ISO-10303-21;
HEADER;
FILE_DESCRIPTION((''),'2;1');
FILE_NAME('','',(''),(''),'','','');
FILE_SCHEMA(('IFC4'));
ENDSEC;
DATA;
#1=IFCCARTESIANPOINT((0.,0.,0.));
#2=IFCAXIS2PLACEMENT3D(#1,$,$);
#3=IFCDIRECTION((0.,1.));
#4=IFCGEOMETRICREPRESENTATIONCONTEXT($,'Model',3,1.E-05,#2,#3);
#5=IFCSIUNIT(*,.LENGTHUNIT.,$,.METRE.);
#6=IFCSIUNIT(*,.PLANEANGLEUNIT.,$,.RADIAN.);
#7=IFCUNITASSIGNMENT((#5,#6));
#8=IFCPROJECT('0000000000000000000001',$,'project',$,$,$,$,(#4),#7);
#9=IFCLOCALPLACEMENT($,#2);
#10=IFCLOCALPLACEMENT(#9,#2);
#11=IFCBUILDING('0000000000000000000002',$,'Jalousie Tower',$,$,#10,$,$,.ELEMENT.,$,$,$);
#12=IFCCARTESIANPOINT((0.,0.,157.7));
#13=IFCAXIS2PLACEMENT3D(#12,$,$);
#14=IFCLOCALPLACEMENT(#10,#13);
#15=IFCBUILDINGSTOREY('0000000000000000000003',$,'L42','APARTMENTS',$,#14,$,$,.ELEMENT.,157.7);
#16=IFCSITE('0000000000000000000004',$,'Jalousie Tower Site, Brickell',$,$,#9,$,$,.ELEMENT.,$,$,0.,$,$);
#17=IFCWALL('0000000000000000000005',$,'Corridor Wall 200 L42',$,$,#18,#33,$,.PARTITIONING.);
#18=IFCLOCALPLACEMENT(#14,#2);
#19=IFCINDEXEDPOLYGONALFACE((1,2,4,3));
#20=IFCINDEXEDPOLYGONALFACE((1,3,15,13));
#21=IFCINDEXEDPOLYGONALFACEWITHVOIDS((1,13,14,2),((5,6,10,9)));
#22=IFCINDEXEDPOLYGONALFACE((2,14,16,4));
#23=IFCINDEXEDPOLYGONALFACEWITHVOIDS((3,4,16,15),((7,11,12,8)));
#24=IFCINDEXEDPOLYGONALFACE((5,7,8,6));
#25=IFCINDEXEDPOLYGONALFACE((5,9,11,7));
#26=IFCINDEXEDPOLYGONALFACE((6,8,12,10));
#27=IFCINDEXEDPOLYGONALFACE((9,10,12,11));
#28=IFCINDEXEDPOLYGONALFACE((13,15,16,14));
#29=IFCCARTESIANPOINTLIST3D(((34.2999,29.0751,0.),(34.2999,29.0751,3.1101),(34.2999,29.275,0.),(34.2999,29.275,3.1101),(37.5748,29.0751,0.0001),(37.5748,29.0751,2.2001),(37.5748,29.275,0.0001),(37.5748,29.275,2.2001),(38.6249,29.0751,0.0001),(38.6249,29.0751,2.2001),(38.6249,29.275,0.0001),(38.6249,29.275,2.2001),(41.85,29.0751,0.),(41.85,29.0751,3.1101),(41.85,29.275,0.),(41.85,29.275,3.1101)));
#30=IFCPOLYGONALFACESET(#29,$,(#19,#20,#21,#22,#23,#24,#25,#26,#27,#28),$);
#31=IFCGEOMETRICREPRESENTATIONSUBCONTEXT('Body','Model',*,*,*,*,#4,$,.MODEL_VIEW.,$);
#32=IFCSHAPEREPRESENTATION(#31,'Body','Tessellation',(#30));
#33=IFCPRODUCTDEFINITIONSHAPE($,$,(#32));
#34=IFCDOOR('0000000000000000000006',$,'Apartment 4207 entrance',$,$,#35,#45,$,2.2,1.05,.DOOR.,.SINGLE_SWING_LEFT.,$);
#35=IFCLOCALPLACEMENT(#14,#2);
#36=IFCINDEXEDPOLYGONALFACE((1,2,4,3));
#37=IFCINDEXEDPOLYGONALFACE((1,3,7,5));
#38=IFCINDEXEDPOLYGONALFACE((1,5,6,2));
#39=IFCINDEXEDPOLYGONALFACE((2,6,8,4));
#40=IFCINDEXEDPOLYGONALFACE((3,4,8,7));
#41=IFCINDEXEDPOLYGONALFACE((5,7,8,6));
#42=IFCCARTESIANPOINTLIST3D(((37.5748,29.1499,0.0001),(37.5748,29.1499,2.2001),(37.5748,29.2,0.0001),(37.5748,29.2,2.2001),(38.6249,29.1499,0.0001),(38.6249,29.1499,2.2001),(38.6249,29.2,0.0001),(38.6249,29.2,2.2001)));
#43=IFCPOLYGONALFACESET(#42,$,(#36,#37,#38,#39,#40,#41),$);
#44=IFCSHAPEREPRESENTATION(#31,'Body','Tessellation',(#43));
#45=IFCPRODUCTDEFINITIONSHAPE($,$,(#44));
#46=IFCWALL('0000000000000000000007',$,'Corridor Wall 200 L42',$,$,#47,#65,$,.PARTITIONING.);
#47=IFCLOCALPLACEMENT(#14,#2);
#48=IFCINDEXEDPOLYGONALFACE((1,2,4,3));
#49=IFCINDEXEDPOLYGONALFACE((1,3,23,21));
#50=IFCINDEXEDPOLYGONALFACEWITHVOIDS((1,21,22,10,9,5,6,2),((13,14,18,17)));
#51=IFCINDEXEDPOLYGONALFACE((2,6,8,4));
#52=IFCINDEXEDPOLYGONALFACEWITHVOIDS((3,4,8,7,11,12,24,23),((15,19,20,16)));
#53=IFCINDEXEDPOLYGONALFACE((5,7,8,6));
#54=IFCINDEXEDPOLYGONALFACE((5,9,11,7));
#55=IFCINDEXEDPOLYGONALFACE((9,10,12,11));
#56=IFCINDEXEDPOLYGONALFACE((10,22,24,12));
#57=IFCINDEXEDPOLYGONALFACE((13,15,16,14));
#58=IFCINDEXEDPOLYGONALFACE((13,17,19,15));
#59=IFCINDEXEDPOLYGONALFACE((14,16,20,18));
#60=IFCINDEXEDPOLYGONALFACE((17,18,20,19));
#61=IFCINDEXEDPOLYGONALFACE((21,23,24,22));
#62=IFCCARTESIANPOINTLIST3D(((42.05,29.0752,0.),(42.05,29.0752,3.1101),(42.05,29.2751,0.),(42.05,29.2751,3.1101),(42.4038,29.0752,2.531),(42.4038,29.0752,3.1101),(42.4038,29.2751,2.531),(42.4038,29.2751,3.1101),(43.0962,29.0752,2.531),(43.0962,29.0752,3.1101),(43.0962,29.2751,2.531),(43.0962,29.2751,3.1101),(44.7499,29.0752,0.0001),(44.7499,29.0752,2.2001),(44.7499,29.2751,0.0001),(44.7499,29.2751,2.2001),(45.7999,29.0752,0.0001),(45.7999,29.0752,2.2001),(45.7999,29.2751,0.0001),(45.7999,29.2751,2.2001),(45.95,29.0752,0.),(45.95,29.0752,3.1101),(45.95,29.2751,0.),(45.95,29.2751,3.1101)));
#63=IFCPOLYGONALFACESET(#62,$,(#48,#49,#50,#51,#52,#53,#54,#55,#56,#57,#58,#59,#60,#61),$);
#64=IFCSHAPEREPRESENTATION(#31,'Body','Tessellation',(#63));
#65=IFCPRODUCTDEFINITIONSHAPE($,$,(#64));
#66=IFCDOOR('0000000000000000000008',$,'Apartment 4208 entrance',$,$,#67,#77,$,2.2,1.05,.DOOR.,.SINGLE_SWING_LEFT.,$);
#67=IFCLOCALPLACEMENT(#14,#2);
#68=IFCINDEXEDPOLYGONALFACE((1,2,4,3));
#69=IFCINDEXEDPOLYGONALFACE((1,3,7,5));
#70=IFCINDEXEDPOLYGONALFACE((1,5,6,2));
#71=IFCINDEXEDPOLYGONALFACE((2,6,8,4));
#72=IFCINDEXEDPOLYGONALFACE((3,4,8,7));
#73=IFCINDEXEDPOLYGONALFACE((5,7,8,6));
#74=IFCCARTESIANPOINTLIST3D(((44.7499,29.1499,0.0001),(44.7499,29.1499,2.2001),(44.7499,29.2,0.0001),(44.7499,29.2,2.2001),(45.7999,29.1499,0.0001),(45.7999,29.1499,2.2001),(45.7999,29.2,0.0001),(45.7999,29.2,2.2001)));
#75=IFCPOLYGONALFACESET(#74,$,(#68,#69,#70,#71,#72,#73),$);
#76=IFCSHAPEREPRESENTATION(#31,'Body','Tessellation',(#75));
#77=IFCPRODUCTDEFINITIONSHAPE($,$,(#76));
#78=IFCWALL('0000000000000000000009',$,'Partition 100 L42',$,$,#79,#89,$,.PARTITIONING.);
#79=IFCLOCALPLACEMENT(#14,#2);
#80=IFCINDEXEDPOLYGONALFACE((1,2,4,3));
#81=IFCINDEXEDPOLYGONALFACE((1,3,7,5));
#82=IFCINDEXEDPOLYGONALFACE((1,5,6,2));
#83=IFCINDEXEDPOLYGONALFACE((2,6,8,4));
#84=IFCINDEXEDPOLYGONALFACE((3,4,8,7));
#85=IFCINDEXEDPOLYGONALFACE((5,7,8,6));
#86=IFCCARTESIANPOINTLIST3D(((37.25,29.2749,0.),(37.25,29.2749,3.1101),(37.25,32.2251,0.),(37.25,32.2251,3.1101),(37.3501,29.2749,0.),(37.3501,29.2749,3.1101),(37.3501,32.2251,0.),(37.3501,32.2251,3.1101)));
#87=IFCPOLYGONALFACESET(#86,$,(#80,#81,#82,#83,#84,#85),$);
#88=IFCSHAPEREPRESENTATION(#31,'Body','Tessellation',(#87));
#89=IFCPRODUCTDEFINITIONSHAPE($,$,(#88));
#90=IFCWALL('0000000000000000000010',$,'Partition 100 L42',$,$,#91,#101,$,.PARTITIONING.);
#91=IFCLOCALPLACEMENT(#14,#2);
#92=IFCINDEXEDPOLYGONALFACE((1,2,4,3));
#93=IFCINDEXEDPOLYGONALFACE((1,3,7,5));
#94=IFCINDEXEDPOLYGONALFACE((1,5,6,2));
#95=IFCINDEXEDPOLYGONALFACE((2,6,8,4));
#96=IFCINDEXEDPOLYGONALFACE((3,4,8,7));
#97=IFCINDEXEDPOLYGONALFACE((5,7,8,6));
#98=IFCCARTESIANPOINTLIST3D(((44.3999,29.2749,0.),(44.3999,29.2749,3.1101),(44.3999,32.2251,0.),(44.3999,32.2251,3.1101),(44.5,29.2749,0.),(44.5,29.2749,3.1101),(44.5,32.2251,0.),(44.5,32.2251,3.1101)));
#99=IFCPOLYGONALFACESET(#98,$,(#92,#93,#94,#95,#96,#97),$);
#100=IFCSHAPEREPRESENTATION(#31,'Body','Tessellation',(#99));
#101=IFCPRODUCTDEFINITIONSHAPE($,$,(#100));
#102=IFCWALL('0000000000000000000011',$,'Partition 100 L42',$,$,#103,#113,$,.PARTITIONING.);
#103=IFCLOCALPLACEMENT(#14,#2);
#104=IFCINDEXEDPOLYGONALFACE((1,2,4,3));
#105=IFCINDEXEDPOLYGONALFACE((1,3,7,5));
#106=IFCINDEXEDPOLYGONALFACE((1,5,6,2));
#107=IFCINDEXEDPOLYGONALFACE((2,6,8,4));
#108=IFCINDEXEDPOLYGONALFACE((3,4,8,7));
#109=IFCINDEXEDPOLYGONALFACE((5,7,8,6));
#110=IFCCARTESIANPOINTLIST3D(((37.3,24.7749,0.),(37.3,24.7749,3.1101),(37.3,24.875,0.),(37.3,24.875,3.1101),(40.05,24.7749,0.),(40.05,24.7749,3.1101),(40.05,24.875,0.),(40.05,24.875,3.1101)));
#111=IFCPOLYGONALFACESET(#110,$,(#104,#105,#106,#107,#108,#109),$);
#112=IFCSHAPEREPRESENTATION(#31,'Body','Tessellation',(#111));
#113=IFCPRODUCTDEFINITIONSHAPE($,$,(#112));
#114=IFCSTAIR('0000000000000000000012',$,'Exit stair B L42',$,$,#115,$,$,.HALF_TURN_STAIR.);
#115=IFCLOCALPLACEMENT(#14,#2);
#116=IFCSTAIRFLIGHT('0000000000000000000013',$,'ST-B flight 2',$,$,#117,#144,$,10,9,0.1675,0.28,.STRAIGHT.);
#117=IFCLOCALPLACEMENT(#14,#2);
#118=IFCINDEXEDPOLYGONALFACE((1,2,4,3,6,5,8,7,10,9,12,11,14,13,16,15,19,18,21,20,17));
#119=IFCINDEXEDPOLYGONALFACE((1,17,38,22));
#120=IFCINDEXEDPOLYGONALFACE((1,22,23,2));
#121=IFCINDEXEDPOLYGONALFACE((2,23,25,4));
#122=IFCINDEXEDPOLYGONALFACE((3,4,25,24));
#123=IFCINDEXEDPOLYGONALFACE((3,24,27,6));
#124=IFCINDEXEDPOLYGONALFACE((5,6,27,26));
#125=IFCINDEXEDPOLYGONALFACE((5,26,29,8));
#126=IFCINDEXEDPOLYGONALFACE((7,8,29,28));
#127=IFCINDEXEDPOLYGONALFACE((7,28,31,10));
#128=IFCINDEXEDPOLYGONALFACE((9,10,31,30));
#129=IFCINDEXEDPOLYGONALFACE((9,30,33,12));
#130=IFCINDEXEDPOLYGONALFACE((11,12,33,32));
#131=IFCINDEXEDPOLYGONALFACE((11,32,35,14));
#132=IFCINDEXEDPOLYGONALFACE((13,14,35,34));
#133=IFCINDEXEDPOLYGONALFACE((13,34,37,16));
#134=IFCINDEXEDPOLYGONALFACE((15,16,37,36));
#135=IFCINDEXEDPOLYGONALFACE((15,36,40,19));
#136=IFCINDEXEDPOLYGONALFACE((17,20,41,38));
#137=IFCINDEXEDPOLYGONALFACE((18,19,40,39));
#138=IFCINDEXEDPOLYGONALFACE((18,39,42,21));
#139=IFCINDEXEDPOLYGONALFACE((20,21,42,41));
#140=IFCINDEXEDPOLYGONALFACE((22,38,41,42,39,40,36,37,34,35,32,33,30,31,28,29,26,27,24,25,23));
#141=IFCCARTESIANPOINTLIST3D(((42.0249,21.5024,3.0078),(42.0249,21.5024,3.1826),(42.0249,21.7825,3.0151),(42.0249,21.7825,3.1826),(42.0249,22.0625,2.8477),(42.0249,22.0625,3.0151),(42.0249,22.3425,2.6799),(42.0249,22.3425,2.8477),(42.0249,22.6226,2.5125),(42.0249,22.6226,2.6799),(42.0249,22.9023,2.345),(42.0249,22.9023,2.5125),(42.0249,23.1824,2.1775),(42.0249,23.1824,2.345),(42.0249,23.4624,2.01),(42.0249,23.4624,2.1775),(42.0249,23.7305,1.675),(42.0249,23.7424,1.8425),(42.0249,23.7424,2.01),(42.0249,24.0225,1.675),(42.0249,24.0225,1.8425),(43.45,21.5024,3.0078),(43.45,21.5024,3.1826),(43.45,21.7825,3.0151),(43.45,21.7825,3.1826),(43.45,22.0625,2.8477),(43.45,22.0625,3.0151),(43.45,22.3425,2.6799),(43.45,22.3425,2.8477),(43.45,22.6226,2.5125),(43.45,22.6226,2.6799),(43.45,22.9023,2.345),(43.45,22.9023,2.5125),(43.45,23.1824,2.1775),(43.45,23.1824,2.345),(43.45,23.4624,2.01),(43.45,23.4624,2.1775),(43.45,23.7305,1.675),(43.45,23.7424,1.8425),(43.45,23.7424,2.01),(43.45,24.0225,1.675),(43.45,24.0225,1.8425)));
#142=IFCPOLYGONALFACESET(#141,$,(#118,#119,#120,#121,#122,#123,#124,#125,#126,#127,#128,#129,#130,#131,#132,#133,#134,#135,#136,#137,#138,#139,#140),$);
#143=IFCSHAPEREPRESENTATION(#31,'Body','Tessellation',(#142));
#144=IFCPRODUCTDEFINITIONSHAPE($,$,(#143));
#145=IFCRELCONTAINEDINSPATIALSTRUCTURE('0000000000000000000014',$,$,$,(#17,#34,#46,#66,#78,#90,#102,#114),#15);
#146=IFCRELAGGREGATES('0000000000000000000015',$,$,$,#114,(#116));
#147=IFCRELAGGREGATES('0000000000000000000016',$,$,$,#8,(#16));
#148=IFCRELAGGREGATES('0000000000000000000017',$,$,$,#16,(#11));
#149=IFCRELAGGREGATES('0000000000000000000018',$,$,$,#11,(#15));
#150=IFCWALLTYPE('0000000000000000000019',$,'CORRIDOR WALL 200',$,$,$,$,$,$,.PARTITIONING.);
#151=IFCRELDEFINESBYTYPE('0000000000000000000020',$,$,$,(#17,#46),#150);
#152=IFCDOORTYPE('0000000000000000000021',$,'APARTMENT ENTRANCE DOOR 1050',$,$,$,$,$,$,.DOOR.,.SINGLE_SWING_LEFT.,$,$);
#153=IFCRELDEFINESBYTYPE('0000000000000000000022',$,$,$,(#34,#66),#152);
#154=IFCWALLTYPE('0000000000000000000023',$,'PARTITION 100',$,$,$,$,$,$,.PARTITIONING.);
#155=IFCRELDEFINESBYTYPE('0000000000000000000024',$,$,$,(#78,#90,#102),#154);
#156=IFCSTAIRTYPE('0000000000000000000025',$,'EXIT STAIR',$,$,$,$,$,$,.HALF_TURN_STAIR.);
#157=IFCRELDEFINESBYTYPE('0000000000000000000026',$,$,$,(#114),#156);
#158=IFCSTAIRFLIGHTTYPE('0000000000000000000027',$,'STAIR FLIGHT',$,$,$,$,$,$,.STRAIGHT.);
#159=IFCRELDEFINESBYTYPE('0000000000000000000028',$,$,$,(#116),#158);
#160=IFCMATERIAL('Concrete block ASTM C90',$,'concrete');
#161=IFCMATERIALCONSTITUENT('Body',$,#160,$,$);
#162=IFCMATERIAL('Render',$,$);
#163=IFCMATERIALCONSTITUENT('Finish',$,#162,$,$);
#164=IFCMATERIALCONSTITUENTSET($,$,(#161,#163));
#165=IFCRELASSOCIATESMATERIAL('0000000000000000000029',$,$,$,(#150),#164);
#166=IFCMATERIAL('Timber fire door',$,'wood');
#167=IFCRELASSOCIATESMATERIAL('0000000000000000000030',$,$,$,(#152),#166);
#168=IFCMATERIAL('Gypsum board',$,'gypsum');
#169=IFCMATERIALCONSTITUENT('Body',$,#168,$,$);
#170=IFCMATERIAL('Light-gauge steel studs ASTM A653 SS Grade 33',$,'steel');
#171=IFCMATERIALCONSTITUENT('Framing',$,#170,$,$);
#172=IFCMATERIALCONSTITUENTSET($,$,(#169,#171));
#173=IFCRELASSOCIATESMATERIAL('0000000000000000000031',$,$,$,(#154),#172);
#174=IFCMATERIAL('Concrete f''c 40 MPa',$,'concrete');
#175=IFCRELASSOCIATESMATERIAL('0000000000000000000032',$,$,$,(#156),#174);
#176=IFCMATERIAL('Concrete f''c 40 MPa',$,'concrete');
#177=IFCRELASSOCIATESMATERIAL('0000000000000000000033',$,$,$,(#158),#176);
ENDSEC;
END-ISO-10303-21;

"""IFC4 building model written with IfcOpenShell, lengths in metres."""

from ifc_helpers import new_model, si_unit, direction, frame, frame_2d, origin, place, context, subcontext, project, spatial, polyline, rectangle, outline, extrude, material, constituent, constituent_set, type_object, element, fill, aggregate, save


model = new_model("IFC4")

# Units and contexts
model_context = context("Model", 3, precision=1e-05, world=origin(), true_north=direction((0.0, 1.0)))
body_context = subcontext(model_context, "Body", "Model", "MODEL_VIEW")
ifc_project = project(units=[si_unit("LENGTHUNIT", "METRE"), si_unit("PLANEANGLEUNIT", "RADIAN")], contexts=[model_context])

# Site, building, storey
site_placement = place(None, origin())
site = spatial("IfcSite", under=ifc_project, at=site_placement, Name="Jalousie Tower Site, Brickell", CompositionType="ELEMENT", RefElevation=0.0)
building_placement = place(site_placement, origin())
building = spatial("IfcBuilding", under=site, at=building_placement, Name="Jalousie Tower", CompositionType="ELEMENT")
storey_placement = place(building_placement, frame((0.0, 0.0, 157.7)))
storey = spatial("IfcBuildingStorey", under=building, at=storey_placement, Name="L42", Description="APARTMENTS", CompositionType="ELEMENT", Elevation=157.7)

# Walls, openings, doors
ifc_material_1 = material(Name="Concrete block ASTM C90", Category="concrete")
ifc_constituent_1 = constituent(ifc_material_1, Name="Body")
ifc_material_2 = material(Name="Render")
ifc_constituent_2 = constituent(ifc_material_2, Name="Finish")
ifc_constituent_set_1 = constituent_set(constituents=[ifc_constituent_1, ifc_constituent_2])
wall_type_1 = type_object("IfcWallType", Name="CORRIDOR WALL 200", PredefinedType="PARTITIONING", material=ifc_constituent_set_1)
wall_1_placement = place(storey_placement, frame((34.3, 29.175, 0.0), z_axis=(0.0, 0.0, 1.0), x_axis=(1.0, 0.0, 0.0)))
wall_1 = element("IfcWall", 1, at=wall_1_placement, inside=storey, type_object=wall_type_1, Name="Corridor Wall 200 L42", PredefinedType="PARTITIONING", context=body_context, shape_type="SweptSolid", body=[
    extrude(rectangle(XDim=7.55, YDim=0.2, at=frame_2d((3.7749, 0.0))), origin(), (0.0, 0.0, 1.0), 3.1101),
])
opening_1_placement = place(wall_1_placement, frame((3.2749, 0.0, 0.0)))
opening_1 = element("IfcOpeningElement", 2, at=opening_1_placement, cuts=wall_1, PredefinedType="OPENING", context=body_context, shape_type="SweptSolid", body=[
    extrude(rectangle(XDim=1.05, YDim=2.2, at=frame_2d((0.5249, 1.1001))), frame((0.0, 0.1099, 0.0), z_axis=(0.0, -1.0, 0.0), x_axis=(1.0, 0.0, 0.0)), (0.0, 0.0, 1.0), 0.22),
])
ifc_material_3 = material(Name="Timber fire door", Category="wood")
door_type_1 = type_object("IfcDoorType", Name="APARTMENT ENTRANCE DOOR 1050", OperationType="SINGLE_SWING_LEFT", PredefinedType="DOOR", material=ifc_material_3)
door_1_placement = place(opening_1_placement, origin())
door_1 = element("IfcDoor", 3, at=door_1_placement, inside=storey, type_object=door_type_1, Name="Apartment 4207 entrance", OperationType="SINGLE_SWING_LEFT", OverallHeight=2.2, OverallWidth=1.05, PredefinedType="DOOR", context=body_context, shape_type="SweptSolid", body=[
    extrude(rectangle(XDim=1.05, YDim=2.2, at=frame_2d((0.5249, 1.1001))), frame((0.0, 0.0249, 0.0), z_axis=(0.0, -1.0, 0.0), x_axis=(1.0, 0.0, 0.0)), (0.0, 0.0, 1.0), 0.05),
])
fill(opening_1, door_1)
wall_2_placement = place(storey_placement, frame((42.05, 29.175, 0.0), z_axis=(0.0, 0.0, 1.0), x_axis=(1.0, 0.0, 0.0)))
wall_2 = element("IfcWall", 4, at=wall_2_placement, inside=storey, type_object=wall_type_1, Name="Corridor Wall 200 L42", PredefinedType="PARTITIONING", context=body_context, shape_type="SweptSolid", body=[
    extrude(outline(polyline([(0.0, 0.0), (3.8999, 0.0), (3.8999, 3.1101), (1.0461, 3.1101), (1.0461, 2.531), (0.3538, 2.531), (0.3538, 3.1101), (0.0, 3.1101), (0.0, 0.0)])), frame((0.0, 0.1001, 0.0), z_axis=(0.0, -1.0, 0.0), x_axis=(1.0, 0.0, 0.0)), (0.0, 0.0, 1.0), 0.2),
])
opening_2_placement = place(wall_2_placement, frame((2.7, 0.0, 0.0)))
opening_2 = element("IfcOpeningElement", 5, at=opening_2_placement, cuts=wall_2, PredefinedType="OPENING", context=body_context, shape_type="SweptSolid", body=[
    extrude(rectangle(XDim=1.05, YDim=2.2, at=frame_2d((0.5249, 1.1001))), frame((0.0, 0.1099, 0.0), z_axis=(0.0, -1.0, 0.0), x_axis=(1.0, 0.0, 0.0)), (0.0, 0.0, 1.0), 0.22),
])
door_2_placement = place(opening_2_placement, origin())
door_2 = element("IfcDoor", 6, at=door_2_placement, inside=storey, type_object=door_type_1, Name="Apartment 4208 entrance", OperationType="SINGLE_SWING_LEFT", OverallHeight=2.2, OverallWidth=1.05, PredefinedType="DOOR", context=body_context, shape_type="SweptSolid", body=[
    extrude(rectangle(XDim=1.05, YDim=2.2, at=frame_2d((0.5249, 1.1001))), frame((0.0, 0.0249, 0.0), z_axis=(0.0, -1.0, 0.0), x_axis=(1.0, 0.0, 0.0)), (0.0, 0.0, 1.0), 0.05),
])
fill(opening_2, door_2)

# Walls
ifc_material_4 = material(Name="Gypsum board", Category="gypsum")
ifc_constituent_3 = constituent(ifc_material_4, Name="Body")
ifc_material_5 = material(Name="Light-gauge steel studs ASTM A653 SS Grade 33", Category="steel")
ifc_constituent_4 = constituent(ifc_material_5, Name="Framing")
ifc_constituent_set_2 = constituent_set(constituents=[ifc_constituent_3, ifc_constituent_4])
wall_type_2 = type_object("IfcWallType", Name="PARTITION 100", PredefinedType="PARTITIONING", material=ifc_constituent_set_2)
for number, where, z_axis, x_axis, name in (
    (7, (37.3, 32.2251, 0.0), (0.0, 0.0, 1.0), (0.0, -1.0, 0.0), "Partition 100 L42"),
    (8, (44.45, 32.2251, 0.0), (0.0, 0.0, 1.0), (0.0, -1.0, 0.0), "Partition 100 L42"),
):
    element("IfcWall", number, at=place(storey_placement, frame(where, z_axis=z_axis, x_axis=x_axis)), inside=storey, type_object=wall_type_2, Name=name, PredefinedType="PARTITIONING", context=body_context, shape_type="SweptSolid", body=[
        extrude(rectangle(XDim=2.9502, YDim=0.1001, at=frame_2d((1.4751, 0.0))), origin(), (0.0, 0.0, 1.0), 3.1101),
    ])
wall_3_placement = place(storey_placement, frame((37.3, 24.825, 0.0), z_axis=(0.0, 0.0, 1.0), x_axis=(1.0, 0.0, 0.0)))
element("IfcWall", 9, at=wall_3_placement, inside=storey, type_object=wall_type_2, Name="Partition 100 L42", PredefinedType="PARTITIONING", context=body_context, shape_type="SweptSolid", body=[
    extrude(rectangle(XDim=2.75, YDim=0.1001, at=frame_2d((1.375, 0.0))), origin(), (0.0, 0.0, 1.0), 3.1101),
])

# Stair, stair flight
ifc_material_6 = material(Name="Concrete f'c 40 MPa", Category="concrete")
stair_type = type_object("IfcStairType", Name="EXIT STAIR", PredefinedType="HALF_TURN_STAIR", material=ifc_material_6)
stair_placement = place(storey_placement, origin())
stair = element("IfcStair", 10, at=stair_placement, inside=storey, type_object=stair_type, Name="Exit stair B L42", PredefinedType="HALF_TURN_STAIR")
ifc_material_7 = material(Name="Concrete f'c 40 MPa", Category="concrete")
stair_flight_type = type_object("IfcStairFlightType", Name="STAIR FLIGHT", PredefinedType="STRAIGHT", material=ifc_material_7)
stair_flight_placement = place(storey_placement, frame((42.7375, 24.0225, 1.675), z_axis=(0.0, 0.0, 1.0), x_axis=(0.0, -1.0, 0.0)))
stair_flight = element("IfcStairFlight", 11, at=stair_flight_placement, type_object=stair_flight_type, Name="ST-B flight 2", NumberOfRisers=10, NumberOfTreads=9, PredefinedType="STRAIGHT", RiserHeight=0.1675, TreadLength=0.28, context=body_context, shape_type="SweptSolid", body=[
    extrude(outline(polyline([(0.0, 0.0), (0.0, 0.1675), (0.28, 0.1675), (0.28, 0.335), (0.5601, 0.335), (0.5601, 0.5024), (0.8401, 0.5024), (0.8401, 0.6699), (1.1201, 0.6699), (1.1201, 0.8374), (1.3999, 0.8374), (1.3999, 1.0049), (1.6799, 1.0049), (1.6799, 1.1726), (1.96, 1.1726), (1.96, 1.3401), (2.24, 1.3401), (2.24, 1.5076), (2.52, 1.5076), (2.52, 1.675), (2.52, 1.3328), (0.292, 0.0), (0.0, 0.0)])), frame((0.0, 0.7124, 0.0), z_axis=(0.0, -1.0, 0.0), x_axis=(1.0, 0.0, 0.0)), (0.0, 0.0, 1.0), 1.425),
])
aggregate(stair, [stair_flight])

save(model, "model.ifc")
